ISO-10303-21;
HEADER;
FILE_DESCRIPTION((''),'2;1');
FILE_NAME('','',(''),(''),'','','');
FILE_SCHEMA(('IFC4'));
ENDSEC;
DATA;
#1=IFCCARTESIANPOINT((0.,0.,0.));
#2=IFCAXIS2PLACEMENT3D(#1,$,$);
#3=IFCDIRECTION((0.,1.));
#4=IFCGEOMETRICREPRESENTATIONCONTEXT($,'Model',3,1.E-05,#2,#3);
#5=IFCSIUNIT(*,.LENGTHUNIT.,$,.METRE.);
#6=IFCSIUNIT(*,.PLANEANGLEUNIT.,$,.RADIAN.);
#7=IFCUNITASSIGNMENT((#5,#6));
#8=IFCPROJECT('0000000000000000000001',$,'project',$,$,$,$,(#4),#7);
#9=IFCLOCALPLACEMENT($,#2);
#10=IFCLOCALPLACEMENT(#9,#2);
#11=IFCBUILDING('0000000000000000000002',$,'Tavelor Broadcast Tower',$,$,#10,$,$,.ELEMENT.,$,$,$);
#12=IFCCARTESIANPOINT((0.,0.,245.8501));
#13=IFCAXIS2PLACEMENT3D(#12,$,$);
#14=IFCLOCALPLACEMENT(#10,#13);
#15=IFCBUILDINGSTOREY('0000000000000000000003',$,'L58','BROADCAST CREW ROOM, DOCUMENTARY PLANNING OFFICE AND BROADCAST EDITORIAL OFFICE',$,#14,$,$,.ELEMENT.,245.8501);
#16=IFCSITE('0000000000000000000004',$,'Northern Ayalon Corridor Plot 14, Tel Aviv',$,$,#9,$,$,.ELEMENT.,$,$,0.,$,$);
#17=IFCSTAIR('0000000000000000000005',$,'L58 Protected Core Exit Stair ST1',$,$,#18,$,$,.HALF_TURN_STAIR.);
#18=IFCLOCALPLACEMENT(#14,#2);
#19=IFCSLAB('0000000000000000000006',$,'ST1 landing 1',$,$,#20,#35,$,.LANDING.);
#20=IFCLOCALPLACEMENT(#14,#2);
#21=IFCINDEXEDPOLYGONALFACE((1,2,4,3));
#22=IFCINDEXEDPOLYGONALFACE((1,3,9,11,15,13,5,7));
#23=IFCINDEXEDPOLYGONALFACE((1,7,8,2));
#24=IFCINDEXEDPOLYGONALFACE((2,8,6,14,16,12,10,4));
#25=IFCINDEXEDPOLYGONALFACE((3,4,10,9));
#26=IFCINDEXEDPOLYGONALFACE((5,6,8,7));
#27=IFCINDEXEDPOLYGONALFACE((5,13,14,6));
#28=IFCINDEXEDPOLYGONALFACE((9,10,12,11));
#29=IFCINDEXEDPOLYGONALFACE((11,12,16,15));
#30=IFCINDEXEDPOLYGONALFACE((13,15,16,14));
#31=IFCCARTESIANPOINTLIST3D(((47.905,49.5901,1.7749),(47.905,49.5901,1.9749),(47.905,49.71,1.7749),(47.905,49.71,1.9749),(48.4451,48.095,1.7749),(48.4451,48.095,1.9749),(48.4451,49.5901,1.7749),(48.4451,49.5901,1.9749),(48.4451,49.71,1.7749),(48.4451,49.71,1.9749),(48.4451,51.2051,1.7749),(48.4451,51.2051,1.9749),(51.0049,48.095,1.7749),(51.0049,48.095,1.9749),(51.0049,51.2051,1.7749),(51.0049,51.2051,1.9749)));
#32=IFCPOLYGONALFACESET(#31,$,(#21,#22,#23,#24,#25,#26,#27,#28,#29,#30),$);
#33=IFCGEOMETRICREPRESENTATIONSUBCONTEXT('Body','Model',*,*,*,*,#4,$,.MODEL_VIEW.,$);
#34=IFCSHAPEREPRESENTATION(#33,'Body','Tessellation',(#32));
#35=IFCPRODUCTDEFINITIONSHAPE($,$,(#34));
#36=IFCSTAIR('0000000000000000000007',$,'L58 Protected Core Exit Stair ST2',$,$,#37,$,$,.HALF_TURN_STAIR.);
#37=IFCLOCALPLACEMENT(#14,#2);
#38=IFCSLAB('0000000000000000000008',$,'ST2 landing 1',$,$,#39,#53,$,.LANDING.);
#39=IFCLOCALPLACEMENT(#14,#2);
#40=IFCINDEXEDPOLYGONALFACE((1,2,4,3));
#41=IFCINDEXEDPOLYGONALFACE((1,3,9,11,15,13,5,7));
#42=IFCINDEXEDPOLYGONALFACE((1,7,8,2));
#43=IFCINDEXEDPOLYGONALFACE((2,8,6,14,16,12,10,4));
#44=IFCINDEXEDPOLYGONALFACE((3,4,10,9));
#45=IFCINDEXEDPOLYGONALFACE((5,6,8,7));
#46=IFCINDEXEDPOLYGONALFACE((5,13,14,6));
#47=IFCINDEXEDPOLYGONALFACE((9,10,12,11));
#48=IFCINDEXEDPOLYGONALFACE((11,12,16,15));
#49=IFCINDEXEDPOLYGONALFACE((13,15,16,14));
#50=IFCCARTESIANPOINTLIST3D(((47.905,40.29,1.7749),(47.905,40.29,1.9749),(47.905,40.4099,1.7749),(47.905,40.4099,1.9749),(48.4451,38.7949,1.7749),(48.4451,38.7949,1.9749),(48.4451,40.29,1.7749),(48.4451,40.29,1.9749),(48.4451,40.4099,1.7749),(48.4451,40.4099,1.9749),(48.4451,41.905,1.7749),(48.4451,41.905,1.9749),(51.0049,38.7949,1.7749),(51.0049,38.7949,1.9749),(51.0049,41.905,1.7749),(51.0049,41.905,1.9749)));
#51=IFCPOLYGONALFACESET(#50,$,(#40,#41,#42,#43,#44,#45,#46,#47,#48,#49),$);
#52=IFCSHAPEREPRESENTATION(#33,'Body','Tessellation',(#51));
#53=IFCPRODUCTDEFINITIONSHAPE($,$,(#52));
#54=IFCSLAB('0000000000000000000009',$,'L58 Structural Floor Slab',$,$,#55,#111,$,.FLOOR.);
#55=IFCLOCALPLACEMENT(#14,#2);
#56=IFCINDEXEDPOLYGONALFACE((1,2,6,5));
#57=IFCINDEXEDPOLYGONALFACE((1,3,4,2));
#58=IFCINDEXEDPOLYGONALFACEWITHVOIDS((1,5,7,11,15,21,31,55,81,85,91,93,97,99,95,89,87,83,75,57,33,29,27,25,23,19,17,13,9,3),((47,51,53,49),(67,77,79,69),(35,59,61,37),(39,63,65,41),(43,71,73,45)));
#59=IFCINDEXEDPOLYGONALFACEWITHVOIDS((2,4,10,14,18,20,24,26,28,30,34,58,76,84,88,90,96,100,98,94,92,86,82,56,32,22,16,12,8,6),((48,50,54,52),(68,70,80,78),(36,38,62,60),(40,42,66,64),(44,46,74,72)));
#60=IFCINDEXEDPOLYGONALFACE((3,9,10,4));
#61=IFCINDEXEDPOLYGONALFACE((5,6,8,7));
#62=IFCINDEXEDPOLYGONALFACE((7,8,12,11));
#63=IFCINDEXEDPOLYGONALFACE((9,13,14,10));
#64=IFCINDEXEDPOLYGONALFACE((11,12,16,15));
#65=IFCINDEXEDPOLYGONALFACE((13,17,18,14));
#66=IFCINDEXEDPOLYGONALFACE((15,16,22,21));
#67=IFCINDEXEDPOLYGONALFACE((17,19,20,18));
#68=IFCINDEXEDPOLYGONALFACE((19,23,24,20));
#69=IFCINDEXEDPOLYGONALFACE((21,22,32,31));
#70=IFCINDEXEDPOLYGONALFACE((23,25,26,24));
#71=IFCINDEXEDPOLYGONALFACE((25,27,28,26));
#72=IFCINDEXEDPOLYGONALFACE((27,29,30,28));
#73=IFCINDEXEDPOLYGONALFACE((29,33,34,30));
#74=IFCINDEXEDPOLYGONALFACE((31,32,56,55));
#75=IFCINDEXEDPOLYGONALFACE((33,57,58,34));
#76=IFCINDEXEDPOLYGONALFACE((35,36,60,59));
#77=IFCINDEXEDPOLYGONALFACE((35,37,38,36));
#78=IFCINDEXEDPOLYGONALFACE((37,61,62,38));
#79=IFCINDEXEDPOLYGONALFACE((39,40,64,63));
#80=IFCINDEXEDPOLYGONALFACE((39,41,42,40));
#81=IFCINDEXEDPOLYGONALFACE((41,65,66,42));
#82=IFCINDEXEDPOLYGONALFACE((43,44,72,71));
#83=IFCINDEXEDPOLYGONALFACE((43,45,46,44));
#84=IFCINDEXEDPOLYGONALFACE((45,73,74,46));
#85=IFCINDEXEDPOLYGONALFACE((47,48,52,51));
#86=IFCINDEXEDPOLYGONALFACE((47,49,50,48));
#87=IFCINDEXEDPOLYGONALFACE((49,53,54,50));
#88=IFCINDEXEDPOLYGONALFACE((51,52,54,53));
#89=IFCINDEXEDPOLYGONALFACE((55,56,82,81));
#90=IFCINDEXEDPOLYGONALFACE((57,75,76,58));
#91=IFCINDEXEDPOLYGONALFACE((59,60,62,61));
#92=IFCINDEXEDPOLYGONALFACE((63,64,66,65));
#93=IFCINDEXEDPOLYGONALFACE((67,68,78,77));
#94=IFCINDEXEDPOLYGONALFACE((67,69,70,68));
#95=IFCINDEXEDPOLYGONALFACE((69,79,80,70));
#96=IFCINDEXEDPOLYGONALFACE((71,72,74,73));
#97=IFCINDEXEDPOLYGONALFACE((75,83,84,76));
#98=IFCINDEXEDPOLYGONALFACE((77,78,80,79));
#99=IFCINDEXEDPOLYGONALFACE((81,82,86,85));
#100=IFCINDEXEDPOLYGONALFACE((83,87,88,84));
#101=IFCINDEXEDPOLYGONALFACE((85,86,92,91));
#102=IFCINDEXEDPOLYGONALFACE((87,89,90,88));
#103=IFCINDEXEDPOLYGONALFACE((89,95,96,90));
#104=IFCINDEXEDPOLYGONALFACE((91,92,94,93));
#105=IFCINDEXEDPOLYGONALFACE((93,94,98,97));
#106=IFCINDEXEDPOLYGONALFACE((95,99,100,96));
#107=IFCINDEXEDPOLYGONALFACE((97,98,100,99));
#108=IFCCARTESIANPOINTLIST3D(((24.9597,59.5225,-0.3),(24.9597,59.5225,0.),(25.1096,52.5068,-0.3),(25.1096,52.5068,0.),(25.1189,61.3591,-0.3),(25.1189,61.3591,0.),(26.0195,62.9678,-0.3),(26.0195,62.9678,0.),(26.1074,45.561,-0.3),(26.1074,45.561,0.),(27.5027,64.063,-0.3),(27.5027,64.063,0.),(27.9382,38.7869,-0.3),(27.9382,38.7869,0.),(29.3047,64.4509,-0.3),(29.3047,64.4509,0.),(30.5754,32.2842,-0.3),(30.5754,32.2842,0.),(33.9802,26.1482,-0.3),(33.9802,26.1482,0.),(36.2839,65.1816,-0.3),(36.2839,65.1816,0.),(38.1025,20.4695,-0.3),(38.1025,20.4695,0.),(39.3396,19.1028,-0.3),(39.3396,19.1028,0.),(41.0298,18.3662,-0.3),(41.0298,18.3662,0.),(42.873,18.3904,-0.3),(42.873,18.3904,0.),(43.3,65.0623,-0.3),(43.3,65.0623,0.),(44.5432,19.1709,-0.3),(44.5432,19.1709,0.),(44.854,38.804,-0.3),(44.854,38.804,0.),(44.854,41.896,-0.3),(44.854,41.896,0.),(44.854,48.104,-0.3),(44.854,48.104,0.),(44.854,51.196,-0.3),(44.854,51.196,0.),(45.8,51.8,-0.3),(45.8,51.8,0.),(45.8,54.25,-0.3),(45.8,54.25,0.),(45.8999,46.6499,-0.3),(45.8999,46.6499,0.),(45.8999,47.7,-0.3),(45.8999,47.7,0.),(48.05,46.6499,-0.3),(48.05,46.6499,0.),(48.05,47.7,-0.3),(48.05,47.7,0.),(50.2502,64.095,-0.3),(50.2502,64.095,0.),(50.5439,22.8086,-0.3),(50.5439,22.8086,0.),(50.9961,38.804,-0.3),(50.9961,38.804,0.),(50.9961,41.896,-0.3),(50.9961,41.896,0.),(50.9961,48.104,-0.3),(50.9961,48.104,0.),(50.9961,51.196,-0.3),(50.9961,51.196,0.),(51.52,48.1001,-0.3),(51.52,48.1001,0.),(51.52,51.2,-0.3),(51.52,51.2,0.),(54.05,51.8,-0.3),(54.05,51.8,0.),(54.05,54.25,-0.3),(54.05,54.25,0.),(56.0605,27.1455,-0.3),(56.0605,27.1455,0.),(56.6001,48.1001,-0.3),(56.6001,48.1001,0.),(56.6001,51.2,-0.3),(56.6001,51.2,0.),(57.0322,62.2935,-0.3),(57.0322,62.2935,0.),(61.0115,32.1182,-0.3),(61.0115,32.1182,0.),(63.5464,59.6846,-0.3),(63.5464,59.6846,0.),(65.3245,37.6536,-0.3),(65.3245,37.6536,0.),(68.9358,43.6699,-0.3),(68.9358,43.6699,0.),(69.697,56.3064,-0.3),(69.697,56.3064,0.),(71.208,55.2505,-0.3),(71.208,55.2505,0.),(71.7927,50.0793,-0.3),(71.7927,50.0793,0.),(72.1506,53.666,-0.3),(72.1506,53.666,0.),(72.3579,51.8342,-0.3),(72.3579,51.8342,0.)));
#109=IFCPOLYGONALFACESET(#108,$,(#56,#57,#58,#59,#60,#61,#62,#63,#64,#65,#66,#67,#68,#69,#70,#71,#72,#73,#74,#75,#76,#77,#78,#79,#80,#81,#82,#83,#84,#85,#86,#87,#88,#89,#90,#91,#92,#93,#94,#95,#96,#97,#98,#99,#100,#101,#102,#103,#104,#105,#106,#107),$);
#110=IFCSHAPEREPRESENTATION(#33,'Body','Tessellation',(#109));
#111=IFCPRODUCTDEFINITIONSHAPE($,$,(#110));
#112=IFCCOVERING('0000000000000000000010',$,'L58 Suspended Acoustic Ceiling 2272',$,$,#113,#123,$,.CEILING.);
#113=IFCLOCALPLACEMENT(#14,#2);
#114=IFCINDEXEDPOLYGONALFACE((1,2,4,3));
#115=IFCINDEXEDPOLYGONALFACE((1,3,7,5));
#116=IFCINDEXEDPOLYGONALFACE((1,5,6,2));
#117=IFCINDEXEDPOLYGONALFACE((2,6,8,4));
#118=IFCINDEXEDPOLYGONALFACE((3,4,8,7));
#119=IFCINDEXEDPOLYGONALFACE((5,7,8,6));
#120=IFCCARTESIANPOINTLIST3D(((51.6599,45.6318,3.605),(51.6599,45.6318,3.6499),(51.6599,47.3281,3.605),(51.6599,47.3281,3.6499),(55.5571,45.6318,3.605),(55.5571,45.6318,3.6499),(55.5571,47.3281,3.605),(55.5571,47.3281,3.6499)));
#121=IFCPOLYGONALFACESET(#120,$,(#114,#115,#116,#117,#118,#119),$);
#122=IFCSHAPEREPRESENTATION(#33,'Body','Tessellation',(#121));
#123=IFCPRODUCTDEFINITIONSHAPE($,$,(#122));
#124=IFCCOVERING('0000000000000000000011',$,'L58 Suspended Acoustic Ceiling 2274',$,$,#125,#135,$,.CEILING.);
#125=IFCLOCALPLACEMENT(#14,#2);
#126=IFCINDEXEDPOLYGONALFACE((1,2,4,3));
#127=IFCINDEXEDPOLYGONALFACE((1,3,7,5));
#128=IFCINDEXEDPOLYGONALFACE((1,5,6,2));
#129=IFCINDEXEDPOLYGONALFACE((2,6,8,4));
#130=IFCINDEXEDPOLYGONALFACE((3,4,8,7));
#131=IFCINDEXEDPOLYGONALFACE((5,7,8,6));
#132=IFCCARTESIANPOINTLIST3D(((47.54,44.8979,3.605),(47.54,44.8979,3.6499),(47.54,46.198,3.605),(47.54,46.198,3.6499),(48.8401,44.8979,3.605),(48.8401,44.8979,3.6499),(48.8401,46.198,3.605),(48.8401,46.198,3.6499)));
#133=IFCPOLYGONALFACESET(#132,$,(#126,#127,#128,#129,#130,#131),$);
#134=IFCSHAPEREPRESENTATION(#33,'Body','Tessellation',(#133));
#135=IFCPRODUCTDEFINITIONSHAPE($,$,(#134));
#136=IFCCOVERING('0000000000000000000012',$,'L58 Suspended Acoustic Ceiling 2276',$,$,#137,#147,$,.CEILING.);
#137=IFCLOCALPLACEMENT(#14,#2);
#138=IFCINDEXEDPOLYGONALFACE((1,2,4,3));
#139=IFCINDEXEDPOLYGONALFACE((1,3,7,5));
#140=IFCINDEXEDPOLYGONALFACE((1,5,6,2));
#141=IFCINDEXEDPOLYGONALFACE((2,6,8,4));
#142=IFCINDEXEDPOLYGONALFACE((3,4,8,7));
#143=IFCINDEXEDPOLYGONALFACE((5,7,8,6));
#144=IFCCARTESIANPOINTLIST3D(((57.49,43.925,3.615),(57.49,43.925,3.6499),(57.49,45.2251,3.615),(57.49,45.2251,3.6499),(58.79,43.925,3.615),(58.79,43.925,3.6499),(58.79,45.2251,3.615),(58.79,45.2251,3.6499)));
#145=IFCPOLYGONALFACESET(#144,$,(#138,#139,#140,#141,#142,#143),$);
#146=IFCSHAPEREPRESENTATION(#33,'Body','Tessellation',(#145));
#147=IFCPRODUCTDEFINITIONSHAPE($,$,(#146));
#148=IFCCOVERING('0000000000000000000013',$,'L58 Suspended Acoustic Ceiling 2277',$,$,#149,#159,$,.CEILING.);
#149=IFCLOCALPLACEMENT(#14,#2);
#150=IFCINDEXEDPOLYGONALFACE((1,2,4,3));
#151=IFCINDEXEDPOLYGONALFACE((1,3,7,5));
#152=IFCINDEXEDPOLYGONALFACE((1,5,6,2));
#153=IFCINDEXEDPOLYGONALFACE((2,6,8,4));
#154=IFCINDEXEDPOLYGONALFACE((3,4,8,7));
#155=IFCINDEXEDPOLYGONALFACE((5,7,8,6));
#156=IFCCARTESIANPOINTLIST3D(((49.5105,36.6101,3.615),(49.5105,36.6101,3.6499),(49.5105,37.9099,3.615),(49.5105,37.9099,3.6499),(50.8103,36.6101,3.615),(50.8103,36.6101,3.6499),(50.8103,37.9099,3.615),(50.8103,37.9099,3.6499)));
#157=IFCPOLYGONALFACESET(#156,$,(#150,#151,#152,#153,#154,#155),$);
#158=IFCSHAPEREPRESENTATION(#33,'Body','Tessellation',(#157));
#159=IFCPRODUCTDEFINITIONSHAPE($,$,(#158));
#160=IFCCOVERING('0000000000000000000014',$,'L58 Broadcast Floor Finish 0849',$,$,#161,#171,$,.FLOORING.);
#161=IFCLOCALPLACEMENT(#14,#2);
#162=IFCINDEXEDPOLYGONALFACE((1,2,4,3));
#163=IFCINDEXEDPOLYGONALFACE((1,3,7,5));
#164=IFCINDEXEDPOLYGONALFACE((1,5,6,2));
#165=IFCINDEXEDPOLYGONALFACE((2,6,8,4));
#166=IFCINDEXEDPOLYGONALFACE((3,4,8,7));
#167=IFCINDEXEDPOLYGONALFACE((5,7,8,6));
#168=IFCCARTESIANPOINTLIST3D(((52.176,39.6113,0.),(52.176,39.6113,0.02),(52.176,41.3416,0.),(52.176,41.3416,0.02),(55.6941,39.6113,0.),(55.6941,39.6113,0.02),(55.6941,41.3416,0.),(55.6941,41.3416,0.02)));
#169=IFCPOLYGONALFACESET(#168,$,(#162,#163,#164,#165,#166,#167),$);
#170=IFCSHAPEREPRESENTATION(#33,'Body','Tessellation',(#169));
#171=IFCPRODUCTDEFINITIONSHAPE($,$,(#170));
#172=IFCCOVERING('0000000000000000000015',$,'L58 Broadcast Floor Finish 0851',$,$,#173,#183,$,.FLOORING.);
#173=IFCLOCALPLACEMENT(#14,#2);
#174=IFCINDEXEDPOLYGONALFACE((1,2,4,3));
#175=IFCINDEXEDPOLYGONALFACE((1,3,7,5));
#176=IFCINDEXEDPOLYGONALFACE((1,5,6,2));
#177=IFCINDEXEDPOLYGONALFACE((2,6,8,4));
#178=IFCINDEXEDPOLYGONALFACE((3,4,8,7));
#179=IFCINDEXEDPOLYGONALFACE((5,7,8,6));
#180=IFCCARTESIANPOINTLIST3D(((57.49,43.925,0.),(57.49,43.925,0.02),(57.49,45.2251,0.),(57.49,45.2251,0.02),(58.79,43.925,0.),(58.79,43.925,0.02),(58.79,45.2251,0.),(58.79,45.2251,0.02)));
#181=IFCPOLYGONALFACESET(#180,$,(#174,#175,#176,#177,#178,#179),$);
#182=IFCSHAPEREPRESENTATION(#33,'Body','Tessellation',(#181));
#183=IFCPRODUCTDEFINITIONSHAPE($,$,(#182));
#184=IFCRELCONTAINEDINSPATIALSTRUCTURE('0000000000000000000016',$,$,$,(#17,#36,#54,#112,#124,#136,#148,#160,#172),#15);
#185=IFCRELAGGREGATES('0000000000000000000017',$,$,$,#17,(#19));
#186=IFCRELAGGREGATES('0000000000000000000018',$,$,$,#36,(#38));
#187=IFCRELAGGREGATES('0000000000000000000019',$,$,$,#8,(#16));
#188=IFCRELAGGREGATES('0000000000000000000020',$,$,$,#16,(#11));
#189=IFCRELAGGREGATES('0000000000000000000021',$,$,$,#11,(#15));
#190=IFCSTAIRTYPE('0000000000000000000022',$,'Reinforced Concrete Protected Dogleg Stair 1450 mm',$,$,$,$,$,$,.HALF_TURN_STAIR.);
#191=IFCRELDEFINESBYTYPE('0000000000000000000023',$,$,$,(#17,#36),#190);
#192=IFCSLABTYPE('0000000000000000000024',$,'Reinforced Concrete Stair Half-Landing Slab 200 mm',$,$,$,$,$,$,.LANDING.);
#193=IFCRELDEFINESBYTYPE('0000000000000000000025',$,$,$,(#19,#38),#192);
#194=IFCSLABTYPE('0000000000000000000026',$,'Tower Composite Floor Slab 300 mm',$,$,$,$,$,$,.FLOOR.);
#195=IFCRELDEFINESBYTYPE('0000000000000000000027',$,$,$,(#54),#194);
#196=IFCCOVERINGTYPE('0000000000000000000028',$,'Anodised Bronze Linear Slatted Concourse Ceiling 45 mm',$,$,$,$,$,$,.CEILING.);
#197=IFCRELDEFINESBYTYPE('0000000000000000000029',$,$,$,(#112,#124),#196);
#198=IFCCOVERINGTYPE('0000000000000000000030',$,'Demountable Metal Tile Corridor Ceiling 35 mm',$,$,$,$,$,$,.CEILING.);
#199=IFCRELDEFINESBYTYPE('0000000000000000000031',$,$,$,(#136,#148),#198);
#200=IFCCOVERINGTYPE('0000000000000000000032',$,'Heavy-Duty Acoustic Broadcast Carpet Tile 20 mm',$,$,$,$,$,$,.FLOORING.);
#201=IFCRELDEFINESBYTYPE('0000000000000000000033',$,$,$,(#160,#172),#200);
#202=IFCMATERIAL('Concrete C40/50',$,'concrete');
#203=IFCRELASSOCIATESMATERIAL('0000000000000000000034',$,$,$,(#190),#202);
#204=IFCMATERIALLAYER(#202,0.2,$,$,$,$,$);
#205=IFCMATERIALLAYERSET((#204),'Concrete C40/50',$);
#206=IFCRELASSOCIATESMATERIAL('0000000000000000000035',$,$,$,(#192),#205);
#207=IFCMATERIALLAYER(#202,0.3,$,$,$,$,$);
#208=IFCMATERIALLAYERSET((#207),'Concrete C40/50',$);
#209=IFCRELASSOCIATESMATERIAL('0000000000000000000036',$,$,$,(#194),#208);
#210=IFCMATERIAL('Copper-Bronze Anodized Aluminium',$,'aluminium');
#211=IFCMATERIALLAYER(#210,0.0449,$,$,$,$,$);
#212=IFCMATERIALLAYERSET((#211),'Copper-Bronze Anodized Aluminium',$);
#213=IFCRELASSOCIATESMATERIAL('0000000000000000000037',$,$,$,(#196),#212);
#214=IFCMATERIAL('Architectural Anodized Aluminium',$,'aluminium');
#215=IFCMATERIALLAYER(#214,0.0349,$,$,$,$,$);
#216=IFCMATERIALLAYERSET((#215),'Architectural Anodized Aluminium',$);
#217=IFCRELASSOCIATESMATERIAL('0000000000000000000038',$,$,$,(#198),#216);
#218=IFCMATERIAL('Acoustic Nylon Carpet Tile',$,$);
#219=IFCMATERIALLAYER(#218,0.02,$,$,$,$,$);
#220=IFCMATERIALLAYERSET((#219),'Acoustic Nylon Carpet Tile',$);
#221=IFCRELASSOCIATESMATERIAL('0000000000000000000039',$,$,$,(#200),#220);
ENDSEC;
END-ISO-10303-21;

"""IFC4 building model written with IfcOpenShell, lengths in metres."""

from ifc_helpers import new_model, si_unit, direction, frame, origin, place, context, subcontext, project, spatial, polyline, outline, extrude, material, layer, layer_set, type_object, element, aggregate, save


model = new_model("IFC4")

# Units and contexts
model_context = context("Model", 3, precision=1e-05, world=origin(), true_north=direction((0.0, 1.0)))
body_context = subcontext(model_context, "Body", "Model", "MODEL_VIEW")
ifc_project = project(units=[si_unit("LENGTHUNIT", "METRE"), si_unit("PLANEANGLEUNIT", "RADIAN")], contexts=[model_context])

# Site, building, storey
site_placement = place(None, origin())
site = spatial("IfcSite", under=ifc_project, at=site_placement, Name="Northern Ayalon Corridor Plot 14, Tel Aviv", CompositionType="ELEMENT", RefElevation=0.0)
building_placement = place(site_placement, origin())
building = spatial("IfcBuilding", under=site, at=building_placement, Name="Tavelor Broadcast Tower", CompositionType="ELEMENT")
storey_placement = place(building_placement, frame((0.0, 0.0, 245.8501)))
storey = spatial("IfcBuildingStorey", under=building, at=storey_placement, Name="L58", Description="BROADCAST CREW ROOM, DOCUMENTARY PLANNING OFFICE AND BROADCAST EDITORIAL OFFICE", CompositionType="ELEMENT", Elevation=245.8501)

# Stairs, slabs
ifc_material_1 = material(Name="Concrete C40/50", Category="concrete")
stair_type = type_object("IfcStairType", Name="Reinforced Concrete Protected Dogleg Stair 1450 mm", PredefinedType="HALF_TURN_STAIR", material=ifc_material_1)
stair_1_placement = place(storey_placement, origin())
stair_1 = element("IfcStair", 1, at=stair_1_placement, inside=storey, type_object=stair_type, Name="L58 Protected Core Exit Stair ST1", PredefinedType="HALF_TURN_STAIR")
ifc_layer_1 = layer(ifc_material_1, 0.2)
ifc_layer_set_1 = layer_set([ifc_layer_1], Name="Concrete C40/50")
slab_type_1 = type_object("IfcSlabType", Name="Reinforced Concrete Stair Half-Landing Slab 200 mm", PredefinedType="LANDING", material=ifc_layer_set_1)
slab_1_placement = place(storey_placement, frame((0.0, 0.0, 1.7749)))
slab_1 = element("IfcSlab", 2, at=slab_1_placement, type_object=slab_type_1, Name="ST1 landing 1", PredefinedType="LANDING", context=body_context, shape_type="SweptSolid", body=[
    extrude(outline(polyline([(48.4451, 49.5901), (48.4451, 48.095), (51.0049, 48.095), (51.0049, 51.2051), (48.4451, 51.2051), (48.4451, 49.71), (47.905, 49.71), (47.905, 49.5901), (48.4451, 49.5901)])), origin(), (0.0, 0.0, 1.0), 0.2),
])
aggregate(stair_1, [slab_1])
stair_2_placement = place(storey_placement, origin())
stair_2 = element("IfcStair", 3, at=stair_2_placement, inside=storey, type_object=stair_type, Name="L58 Protected Core Exit Stair ST2", PredefinedType="HALF_TURN_STAIR")
slab_2_placement = place(storey_placement, frame((0.0, 0.0, 1.7749)))
slab_2 = element("IfcSlab", 4, at=slab_2_placement, type_object=slab_type_1, Name="ST2 landing 1", PredefinedType="LANDING", context=body_context, shape_type="SweptSolid", body=[
    extrude(outline(polyline([(48.4451, 40.29), (48.4451, 38.7949), (51.0049, 38.7949), (51.0049, 41.905), (48.4451, 41.905), (48.4451, 40.4099), (47.905, 40.4099), (47.905, 40.29), (48.4451, 40.29)])), origin(), (0.0, 0.0, 1.0), 0.2),
])
aggregate(stair_2, [slab_2])

# Slab
ifc_layer_2 = layer(ifc_material_1, 0.3)
ifc_layer_set_2 = layer_set([ifc_layer_2], Name="Concrete C40/50")
slab_type_2 = type_object("IfcSlabType", Name="Tower Composite Floor Slab 300 mm", PredefinedType="FLOOR", material=ifc_layer_set_2)
slab_3_placement = place(storey_placement, frame((0.0, 0.0, -0.3)))
element("IfcSlab", 5, at=slab_3_placement, inside=storey, type_object=slab_type_2, Name="L58 Structural Floor Slab", PredefinedType="FLOOR", context=body_context, shape_type="SweptSolid", body=[
    extrude(outline(polyline([(29.3047, 64.4509), (27.5027, 64.063), (26.0195, 62.9678), (25.1189, 61.3591), (24.9597, 59.5225), (25.1096, 52.5068), (26.1074, 45.561), (27.9382, 38.7869), (30.5754, 32.2842), (33.9802, 26.1482), (38.1025, 20.4695), (39.3396, 19.1028), (41.0298, 18.3662), (42.873, 18.3904), (44.5432, 19.1709), (50.5439, 22.8086), (56.0605, 27.1455), (61.0115, 32.1182), (65.3245, 37.6536), (68.9358, 43.6699), (71.7927, 50.0793), (72.3579, 51.8342), (72.1506, 53.666), (71.208, 55.2505), (69.697, 56.3064), (63.5464, 59.6846), (57.0322, 62.2935), (50.2502, 64.095), (43.3, 65.0623), (36.2839, 65.1816), (29.3047, 64.4509)]), holes=[polyline([(50.9961, 41.896), (50.9961, 38.804), (44.854, 38.804), (44.854, 41.896), (50.9961, 41.896)]), polyline([(48.05, 47.7), (48.05, 46.6499), (45.8999, 46.6499), (45.8999, 47.7), (48.05, 47.7)]), polyline([(50.9961, 51.196), (50.9961, 48.104), (44.854, 48.104), (44.854, 51.196), (50.9961, 51.196)]), polyline([(56.6001, 48.1001), (51.52, 48.1001), (51.52, 51.2), (56.6001, 51.2), (56.6001, 48.1001)]), polyline([(54.05, 51.8), (45.8, 51.8), (45.8, 54.25), (54.05, 54.25), (54.05, 51.8)])]), origin(), (0.0, 0.0, 1.0), 0.3),
])

# Coverings
ifc_material_2 = material(Name="Copper-Bronze Anodized Aluminium", Category="aluminium")
ifc_layer_3 = layer(ifc_material_2, 0.0449)
ifc_layer_set_3 = layer_set([ifc_layer_3], Name="Copper-Bronze Anodized Aluminium")
covering_type_1 = type_object("IfcCoveringType", Name="Anodised Bronze Linear Slatted Concourse Ceiling 45 mm", PredefinedType="CEILING", material=ifc_layer_set_3)
covering_1_placement = place(storey_placement, frame((0.0, 0.0, 3.605)))
element("IfcCovering", 6, at=covering_1_placement, inside=storey, type_object=covering_type_1, Name="L58 Suspended Acoustic Ceiling 2272", PredefinedType="CEILING", context=body_context, shape_type="SweptSolid", body=[
    extrude(outline(polyline([(51.6599, 45.6318), (55.5571, 45.6318), (55.5571, 47.3281), (51.6599, 47.3281), (51.6599, 45.6318)])), origin(), (0.0, 0.0, 1.0), 0.0449),
])
covering_2_placement = place(storey_placement, frame((0.0, 0.0, 3.605)))
element("IfcCovering", 7, at=covering_2_placement, inside=storey, type_object=covering_type_1, Name="L58 Suspended Acoustic Ceiling 2274", PredefinedType="CEILING", context=body_context, shape_type="SweptSolid", body=[
    extrude(outline(polyline([(47.54, 44.8979), (48.8401, 44.8979), (48.8401, 46.198), (47.54, 46.198), (47.54, 44.8979)])), origin(), (0.0, 0.0, 1.0), 0.0449),
])
ifc_material_3 = material(Name="Architectural Anodized Aluminium", Category="aluminium")
ifc_layer_4 = layer(ifc_material_3, 0.0349)
ifc_layer_set_4 = layer_set([ifc_layer_4], Name="Architectural Anodized Aluminium")
covering_type_2 = type_object("IfcCoveringType", Name="Demountable Metal Tile Corridor Ceiling 35 mm", PredefinedType="CEILING", material=ifc_layer_set_4)
covering_3_placement = place(storey_placement, frame((0.0, 0.0, 3.615)))
element("IfcCovering", 8, at=covering_3_placement, inside=storey, type_object=covering_type_2, Name="L58 Suspended Acoustic Ceiling 2276", PredefinedType="CEILING", context=body_context, shape_type="SweptSolid", body=[
    extrude(outline(polyline([(57.49, 43.925), (58.79, 43.925), (58.79, 45.2251), (57.49, 45.2251), (57.49, 43.925)])), origin(), (0.0, 0.0, 1.0), 0.0349),
])
covering_4_placement = place(storey_placement, frame((0.0, 0.0, 3.615)))
element("IfcCovering", 9, at=covering_4_placement, inside=storey, type_object=covering_type_2, Name="L58 Suspended Acoustic Ceiling 2277", PredefinedType="CEILING", context=body_context, shape_type="SweptSolid", body=[
    extrude(outline(polyline([(49.5105, 36.6101), (50.8103, 36.6101), (50.8103, 37.9099), (49.5105, 37.9099), (49.5105, 36.6101)])), origin(), (0.0, 0.0, 1.0), 0.0349),
])
ifc_material_4 = material(Name="Acoustic Nylon Carpet Tile")
ifc_layer_5 = layer(ifc_material_4, 0.02)
ifc_layer_set_5 = layer_set([ifc_layer_5], Name="Acoustic Nylon Carpet Tile")
covering_type_3 = type_object("IfcCoveringType", Name="Heavy-Duty Acoustic Broadcast Carpet Tile 20 mm", PredefinedType="FLOORING", material=ifc_layer_set_5)
covering_5_placement = place(storey_placement, origin())
element("IfcCovering", 10, at=covering_5_placement, inside=storey, type_object=covering_type_3, Name="L58 Broadcast Floor Finish 0849", PredefinedType="FLOORING", context=body_context, shape_type="SweptSolid", body=[
    extrude(outline(polyline([(52.176, 39.6113), (55.6941, 39.6113), (55.6941, 41.3416), (52.176, 41.3416), (52.176, 39.6113)])), origin(), (0.0, 0.0, 1.0), 0.02),
])
covering_6_placement = place(storey_placement, origin())
element("IfcCovering", 11, at=covering_6_placement, inside=storey, type_object=covering_type_3, Name="L58 Broadcast Floor Finish 0851", PredefinedType="FLOORING", context=body_context, shape_type="SweptSolid", body=[
    extrude(outline(polyline([(57.49, 43.925), (58.79, 43.925), (58.79, 45.2251), (57.49, 45.2251), (57.49, 43.925)])), origin(), (0.0, 0.0, 1.0), 0.02),
])

save(model, "model.ifc")
